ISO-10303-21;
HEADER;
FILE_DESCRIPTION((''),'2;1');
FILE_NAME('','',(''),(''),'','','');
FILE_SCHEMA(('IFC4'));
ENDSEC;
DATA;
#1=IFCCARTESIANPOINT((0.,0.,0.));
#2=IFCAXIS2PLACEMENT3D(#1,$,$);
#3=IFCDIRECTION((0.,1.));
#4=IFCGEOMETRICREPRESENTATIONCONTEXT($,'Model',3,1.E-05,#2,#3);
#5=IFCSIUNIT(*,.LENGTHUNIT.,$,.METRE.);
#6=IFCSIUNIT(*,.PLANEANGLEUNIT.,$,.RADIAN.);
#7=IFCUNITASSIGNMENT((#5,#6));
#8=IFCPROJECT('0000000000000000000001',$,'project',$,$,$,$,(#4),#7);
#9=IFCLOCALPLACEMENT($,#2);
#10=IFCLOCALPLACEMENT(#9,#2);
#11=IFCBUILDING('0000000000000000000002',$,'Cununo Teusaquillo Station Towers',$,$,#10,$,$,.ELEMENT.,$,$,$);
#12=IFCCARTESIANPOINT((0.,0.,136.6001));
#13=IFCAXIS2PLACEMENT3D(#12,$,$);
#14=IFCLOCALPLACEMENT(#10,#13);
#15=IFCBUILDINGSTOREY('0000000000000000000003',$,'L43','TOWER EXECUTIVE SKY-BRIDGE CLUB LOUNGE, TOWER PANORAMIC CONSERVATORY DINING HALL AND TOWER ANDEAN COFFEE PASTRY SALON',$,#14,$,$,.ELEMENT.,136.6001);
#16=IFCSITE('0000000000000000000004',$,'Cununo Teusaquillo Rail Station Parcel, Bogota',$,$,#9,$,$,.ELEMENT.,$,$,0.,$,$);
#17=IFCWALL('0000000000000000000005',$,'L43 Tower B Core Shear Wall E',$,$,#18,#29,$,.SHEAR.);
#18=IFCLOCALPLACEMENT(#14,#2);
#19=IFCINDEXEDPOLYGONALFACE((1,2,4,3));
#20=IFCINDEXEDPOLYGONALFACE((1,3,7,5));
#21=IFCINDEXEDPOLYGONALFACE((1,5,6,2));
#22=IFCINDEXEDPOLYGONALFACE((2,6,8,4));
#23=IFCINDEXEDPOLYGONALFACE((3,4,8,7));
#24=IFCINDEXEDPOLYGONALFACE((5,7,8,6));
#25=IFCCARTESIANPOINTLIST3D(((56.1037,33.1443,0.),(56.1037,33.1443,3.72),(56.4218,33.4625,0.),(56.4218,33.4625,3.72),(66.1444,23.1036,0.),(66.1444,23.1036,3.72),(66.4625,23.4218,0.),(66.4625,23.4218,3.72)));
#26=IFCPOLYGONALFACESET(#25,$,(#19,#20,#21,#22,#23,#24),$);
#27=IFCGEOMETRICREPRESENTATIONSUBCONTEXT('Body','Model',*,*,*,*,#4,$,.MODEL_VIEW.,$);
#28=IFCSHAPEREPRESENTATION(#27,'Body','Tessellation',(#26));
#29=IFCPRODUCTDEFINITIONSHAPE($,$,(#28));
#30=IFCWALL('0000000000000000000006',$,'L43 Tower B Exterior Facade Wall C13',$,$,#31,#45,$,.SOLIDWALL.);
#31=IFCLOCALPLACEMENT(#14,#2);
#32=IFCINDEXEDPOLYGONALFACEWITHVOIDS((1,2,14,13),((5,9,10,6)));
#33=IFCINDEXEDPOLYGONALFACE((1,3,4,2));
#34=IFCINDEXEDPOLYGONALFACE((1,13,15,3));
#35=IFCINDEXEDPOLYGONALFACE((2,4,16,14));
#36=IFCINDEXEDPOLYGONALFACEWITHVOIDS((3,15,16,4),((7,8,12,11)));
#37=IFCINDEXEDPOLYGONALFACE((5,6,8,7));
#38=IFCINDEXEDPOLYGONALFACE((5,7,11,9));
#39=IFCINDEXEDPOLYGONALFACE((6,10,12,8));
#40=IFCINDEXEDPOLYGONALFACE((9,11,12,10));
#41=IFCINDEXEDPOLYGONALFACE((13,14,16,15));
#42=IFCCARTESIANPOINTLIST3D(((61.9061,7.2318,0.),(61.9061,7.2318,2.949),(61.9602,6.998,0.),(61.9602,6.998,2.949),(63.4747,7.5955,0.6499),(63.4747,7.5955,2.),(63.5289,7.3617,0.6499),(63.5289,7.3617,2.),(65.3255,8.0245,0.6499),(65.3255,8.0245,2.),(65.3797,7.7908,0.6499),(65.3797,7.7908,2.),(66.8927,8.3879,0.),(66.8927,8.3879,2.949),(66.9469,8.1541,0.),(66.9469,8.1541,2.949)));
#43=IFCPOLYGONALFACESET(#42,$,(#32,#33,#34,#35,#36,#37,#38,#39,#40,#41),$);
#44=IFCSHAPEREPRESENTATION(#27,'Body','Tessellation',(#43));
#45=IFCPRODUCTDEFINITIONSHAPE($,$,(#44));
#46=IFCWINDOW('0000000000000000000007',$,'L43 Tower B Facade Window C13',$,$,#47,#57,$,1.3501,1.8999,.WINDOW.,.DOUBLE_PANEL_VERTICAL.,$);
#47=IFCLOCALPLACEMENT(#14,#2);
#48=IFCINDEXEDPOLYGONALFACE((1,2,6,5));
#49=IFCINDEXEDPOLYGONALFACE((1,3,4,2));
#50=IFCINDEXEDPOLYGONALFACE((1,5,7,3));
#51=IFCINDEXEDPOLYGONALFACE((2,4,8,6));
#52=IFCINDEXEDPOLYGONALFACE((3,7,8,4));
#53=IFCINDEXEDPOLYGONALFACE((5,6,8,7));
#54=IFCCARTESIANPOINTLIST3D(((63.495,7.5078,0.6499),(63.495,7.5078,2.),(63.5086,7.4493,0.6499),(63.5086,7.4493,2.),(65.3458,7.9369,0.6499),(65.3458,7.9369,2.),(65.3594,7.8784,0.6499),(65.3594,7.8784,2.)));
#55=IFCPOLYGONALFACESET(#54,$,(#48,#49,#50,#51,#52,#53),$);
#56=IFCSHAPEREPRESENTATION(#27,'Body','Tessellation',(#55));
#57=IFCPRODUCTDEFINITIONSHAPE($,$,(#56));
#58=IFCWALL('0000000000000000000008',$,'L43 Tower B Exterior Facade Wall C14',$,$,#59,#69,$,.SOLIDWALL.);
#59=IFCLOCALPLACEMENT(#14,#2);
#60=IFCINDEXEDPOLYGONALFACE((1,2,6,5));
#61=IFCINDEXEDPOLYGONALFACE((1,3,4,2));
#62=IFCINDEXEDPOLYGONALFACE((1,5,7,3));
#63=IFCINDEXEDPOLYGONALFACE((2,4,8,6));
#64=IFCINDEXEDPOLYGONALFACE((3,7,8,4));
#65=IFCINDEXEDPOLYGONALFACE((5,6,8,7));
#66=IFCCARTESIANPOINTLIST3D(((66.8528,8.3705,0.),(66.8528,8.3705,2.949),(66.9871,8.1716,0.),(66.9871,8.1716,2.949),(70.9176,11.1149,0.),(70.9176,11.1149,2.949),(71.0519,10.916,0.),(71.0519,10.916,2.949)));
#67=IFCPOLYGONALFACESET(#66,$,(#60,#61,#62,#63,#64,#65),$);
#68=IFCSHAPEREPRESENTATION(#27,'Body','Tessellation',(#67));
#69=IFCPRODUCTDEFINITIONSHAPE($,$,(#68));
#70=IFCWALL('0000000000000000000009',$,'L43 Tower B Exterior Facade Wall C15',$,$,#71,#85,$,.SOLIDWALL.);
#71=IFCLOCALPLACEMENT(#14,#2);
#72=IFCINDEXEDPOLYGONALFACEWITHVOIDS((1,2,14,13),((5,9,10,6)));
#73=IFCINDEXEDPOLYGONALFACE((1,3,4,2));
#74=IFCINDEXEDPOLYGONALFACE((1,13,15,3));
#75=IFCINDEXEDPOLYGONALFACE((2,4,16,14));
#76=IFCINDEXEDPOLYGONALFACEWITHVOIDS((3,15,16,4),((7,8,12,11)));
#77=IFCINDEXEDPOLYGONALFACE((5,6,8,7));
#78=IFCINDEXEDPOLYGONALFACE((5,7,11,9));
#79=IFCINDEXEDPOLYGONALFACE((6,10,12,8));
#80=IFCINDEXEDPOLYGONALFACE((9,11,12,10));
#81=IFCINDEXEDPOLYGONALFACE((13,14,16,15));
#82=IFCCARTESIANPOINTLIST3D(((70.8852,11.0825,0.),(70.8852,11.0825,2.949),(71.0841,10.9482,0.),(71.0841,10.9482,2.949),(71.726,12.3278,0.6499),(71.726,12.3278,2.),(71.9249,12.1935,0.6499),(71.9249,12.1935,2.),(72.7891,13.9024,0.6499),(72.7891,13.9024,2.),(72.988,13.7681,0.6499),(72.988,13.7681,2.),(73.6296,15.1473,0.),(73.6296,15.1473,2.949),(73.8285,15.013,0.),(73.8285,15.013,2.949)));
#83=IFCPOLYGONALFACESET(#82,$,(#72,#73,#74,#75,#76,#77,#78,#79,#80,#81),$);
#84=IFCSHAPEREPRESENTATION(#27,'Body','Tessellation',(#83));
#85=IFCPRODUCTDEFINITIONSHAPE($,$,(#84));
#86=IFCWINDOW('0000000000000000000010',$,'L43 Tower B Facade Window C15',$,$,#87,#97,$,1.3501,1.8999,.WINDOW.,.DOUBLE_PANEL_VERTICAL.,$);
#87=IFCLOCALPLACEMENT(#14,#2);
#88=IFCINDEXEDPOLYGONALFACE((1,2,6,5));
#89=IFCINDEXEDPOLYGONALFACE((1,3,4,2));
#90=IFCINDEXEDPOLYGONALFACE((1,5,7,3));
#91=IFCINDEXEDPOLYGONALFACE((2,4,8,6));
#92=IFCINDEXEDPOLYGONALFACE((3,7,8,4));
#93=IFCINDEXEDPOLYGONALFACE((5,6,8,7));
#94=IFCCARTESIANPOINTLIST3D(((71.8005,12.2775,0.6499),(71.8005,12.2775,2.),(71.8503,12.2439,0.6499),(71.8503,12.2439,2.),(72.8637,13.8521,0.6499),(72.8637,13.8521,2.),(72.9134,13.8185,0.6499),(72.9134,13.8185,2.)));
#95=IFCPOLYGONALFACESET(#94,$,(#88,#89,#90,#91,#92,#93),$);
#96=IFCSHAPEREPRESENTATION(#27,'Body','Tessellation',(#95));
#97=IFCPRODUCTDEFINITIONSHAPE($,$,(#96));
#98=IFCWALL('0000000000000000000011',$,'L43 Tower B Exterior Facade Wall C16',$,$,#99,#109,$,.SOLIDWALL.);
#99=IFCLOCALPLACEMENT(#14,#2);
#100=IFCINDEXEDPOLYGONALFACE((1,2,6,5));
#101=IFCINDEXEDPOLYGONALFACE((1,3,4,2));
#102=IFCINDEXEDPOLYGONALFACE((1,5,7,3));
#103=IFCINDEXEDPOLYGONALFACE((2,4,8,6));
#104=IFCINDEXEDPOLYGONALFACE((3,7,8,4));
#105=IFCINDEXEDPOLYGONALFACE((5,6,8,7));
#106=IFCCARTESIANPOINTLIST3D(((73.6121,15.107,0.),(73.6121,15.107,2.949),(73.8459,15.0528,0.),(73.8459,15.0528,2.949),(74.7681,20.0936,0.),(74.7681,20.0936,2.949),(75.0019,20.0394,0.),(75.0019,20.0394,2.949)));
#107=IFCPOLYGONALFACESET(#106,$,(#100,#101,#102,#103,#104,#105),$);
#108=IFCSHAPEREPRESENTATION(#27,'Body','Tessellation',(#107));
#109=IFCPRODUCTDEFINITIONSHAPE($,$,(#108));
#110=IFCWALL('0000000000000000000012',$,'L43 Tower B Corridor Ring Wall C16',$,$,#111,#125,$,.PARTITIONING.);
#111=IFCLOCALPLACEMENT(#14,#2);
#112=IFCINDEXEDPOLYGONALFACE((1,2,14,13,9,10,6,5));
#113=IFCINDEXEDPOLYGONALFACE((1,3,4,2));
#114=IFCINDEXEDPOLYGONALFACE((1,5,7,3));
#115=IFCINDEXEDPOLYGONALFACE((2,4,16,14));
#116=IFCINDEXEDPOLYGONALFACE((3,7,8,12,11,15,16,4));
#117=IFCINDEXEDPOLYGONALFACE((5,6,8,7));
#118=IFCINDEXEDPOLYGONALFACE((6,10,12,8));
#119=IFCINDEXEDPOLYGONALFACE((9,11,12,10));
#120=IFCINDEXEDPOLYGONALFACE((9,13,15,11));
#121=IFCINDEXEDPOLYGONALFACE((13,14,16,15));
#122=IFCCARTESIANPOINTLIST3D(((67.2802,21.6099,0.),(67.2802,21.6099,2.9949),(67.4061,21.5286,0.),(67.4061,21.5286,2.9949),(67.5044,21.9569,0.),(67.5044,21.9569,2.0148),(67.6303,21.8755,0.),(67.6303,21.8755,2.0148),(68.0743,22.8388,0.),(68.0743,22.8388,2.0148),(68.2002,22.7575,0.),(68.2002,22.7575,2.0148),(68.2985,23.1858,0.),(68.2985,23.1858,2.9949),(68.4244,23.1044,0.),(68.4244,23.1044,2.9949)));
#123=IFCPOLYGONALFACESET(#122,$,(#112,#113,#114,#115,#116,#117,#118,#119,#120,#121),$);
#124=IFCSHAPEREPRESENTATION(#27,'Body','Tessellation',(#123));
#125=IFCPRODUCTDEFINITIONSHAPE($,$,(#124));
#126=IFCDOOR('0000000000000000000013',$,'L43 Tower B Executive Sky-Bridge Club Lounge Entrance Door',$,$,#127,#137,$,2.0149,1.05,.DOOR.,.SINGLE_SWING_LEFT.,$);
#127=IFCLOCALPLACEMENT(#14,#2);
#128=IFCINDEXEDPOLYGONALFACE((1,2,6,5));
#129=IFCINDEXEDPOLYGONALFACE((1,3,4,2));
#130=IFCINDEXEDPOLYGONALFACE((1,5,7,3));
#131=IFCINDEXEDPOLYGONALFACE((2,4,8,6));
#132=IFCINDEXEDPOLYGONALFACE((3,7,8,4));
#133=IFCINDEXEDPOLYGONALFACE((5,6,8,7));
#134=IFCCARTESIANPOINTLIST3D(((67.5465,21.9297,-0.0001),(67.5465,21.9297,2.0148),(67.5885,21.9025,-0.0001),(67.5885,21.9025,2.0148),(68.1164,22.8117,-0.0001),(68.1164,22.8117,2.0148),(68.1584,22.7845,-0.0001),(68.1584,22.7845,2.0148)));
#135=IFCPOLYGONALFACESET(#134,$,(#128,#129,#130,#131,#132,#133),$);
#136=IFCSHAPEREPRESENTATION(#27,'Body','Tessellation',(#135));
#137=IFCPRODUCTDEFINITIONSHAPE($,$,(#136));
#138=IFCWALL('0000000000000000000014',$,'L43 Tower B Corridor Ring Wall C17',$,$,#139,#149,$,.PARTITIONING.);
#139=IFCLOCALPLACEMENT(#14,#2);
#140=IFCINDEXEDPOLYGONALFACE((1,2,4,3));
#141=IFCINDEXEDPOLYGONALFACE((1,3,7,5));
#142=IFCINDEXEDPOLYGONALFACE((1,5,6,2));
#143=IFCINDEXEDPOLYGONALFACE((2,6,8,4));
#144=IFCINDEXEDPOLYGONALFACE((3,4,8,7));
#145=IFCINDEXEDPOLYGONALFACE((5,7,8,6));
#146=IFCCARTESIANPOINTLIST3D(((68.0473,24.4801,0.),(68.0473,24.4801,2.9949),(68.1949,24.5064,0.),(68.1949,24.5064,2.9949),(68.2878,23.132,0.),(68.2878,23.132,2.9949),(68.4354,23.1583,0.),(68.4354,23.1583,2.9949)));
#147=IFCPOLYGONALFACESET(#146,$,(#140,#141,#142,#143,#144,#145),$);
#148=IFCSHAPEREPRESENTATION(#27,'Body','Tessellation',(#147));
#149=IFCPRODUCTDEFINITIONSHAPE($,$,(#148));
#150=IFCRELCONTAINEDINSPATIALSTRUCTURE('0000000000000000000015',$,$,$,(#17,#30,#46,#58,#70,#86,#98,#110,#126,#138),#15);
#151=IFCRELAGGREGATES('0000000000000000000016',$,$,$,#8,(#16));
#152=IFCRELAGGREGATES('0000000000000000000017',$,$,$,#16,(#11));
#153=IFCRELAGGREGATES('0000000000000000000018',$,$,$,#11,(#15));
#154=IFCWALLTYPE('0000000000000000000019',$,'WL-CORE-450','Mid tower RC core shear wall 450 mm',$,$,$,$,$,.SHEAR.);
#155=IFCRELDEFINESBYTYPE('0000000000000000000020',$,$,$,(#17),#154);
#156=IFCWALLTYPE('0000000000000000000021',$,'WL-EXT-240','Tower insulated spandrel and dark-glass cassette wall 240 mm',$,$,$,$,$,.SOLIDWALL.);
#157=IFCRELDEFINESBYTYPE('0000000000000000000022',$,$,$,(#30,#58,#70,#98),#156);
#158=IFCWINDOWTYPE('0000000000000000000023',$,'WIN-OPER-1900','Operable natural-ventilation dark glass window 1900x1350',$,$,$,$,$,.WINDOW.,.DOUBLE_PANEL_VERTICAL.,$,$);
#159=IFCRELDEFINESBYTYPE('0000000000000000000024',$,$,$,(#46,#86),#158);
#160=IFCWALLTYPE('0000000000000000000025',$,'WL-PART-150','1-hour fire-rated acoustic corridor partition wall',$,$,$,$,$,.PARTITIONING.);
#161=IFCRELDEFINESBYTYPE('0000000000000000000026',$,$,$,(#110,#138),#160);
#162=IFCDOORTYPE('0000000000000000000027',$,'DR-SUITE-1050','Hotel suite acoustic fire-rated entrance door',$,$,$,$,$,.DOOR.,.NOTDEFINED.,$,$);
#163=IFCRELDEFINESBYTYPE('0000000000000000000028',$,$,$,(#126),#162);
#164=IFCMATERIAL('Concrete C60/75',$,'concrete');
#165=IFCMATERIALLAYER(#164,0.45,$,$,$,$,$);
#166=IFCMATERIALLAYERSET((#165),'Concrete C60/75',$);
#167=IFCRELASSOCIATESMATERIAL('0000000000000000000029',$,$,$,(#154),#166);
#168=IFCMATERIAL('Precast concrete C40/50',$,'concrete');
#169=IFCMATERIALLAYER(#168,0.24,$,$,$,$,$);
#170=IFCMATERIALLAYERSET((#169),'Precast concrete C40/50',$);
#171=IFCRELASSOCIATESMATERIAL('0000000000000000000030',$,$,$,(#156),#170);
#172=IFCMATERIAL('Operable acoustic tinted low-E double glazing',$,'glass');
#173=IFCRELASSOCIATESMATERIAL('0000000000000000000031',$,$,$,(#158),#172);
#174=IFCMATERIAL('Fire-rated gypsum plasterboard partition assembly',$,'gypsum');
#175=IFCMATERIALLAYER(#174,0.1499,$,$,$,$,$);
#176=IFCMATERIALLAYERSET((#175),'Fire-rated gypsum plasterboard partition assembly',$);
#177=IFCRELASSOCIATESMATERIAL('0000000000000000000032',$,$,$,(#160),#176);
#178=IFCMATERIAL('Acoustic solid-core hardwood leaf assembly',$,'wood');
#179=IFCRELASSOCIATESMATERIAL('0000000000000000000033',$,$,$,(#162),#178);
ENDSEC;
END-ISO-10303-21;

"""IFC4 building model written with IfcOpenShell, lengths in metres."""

from ifc_helpers import new_model, si_unit, direction, frame, frame_2d, origin, place, context, subcontext, project, spatial, rectangle, extrude, source, transform, mapped, material, layer, layer_set, type_object, element, fill, save


model = new_model("IFC4")

# Units and contexts
model_context = context("Model", 3, precision=1e-05, world=origin(), true_north=direction((0.0, 1.0)))
body_context = subcontext(model_context, "Body", "Model", "MODEL_VIEW")
ifc_project = project(units=[si_unit("LENGTHUNIT", "METRE"), si_unit("PLANEANGLEUNIT", "RADIAN")], contexts=[model_context])

# Site, building, storey
site_placement = place(None, origin())
site = spatial("IfcSite", under=ifc_project, at=site_placement, Name="Cununo Teusaquillo Rail Station Parcel, Bogota", CompositionType="ELEMENT", RefElevation=0.0)
building_placement = place(site_placement, origin())
building = spatial("IfcBuilding", under=site, at=building_placement, Name="Cununo Teusaquillo Station Towers", CompositionType="ELEMENT")
storey_placement = place(building_placement, frame((0.0, 0.0, 136.6001)))
storey = spatial("IfcBuildingStorey", under=building, at=storey_placement, Name="L43", Description="TOWER EXECUTIVE SKY-BRIDGE CLUB LOUNGE, TOWER PANORAMIC CONSERVATORY DINING HALL AND TOWER ANDEAN COFFEE PASTRY SALON", CompositionType="ELEMENT", Elevation=136.6001)

# Wall
ifc_material_1 = material(Name="Concrete C60/75", Category="concrete")
ifc_layer_1 = layer(ifc_material_1, 0.45)
ifc_layer_set_1 = layer_set([ifc_layer_1], Name="Concrete C60/75")
wall_type_1 = type_object("IfcWallType", Name="WL-CORE-450", Description="Mid tower RC core shear wall 450 mm", PredefinedType="SHEAR", material=ifc_layer_set_1)
wall_1_placement = place(storey_placement, frame((66.3035, 23.2627, 0.0), z_axis=(0.0, 0.0, 1.0), x_axis=(-0.707107, 0.707107, 0.0)))
element("IfcWall", 1, at=wall_1_placement, inside=storey, type_object=wall_type_1, Name="L43 Tower B Core Shear Wall E", PredefinedType="SHEAR", context=body_context, shape_type="SweptSolid", body=[
    extrude(rectangle(XDim=14.1997, YDim=0.45, at=frame_2d((7.0999, 0.0))), origin(), (0.0, 0.0, 1.0), 3.72),
])

# Wall, opening, window
ifc_material_2 = material(Name="Precast concrete C40/50", Category="concrete")
ifc_layer_2 = layer(ifc_material_2, 0.24)
ifc_layer_set_2 = layer_set([ifc_layer_2], Name="Precast concrete C40/50")
wall_type_2 = type_object("IfcWallType", Name="WL-EXT-240", Description="Tower insulated spandrel and dark-glass cassette wall 240 mm", PredefinedType="SOLIDWALL", material=ifc_layer_set_2)
wall_2_placement = place(storey_placement, frame((66.9199, 8.271, 0.0), z_axis=(0.0, 0.0, 1.0), x_axis=(-0.974166, -0.225835, 0.0)))
wall_2 = element("IfcWall", 2, at=wall_2_placement, inside=storey, type_object=wall_type_2, Name="L43 Tower B Exterior Facade Wall C13", PredefinedType="SOLIDWALL", context=body_context, shape_type="SweptSolid", body=[
    extrude(rectangle(XDim=5.1189, YDim=0.24, at=frame_2d((2.5596, 0.0))), origin(), (0.0, 0.0, 1.0), 2.949),
])
shared_shape_1 = source(origin(), body_context, "Body", "SweptSolid", [
    extrude(rectangle(XDim=1.8999, YDim=1.3501, at=frame_2d((0.95, 0.675))), frame((0.0, 0.1299, 0.0), z_axis=(0.0, -1.0, 0.0), x_axis=(1.0, 0.0, 0.0)), (0.0, 0.0, 1.0), 0.26),
])
opening_1_placement = place(wall_2_placement, frame((1.6089, 0.0, 0.6499)))
opening_1 = element("IfcOpeningElement", 3, at=opening_1_placement, cuts=wall_2, PredefinedType="OPENING", context=body_context, shape_type="MappedRepresentation", body=[
    mapped(shared_shape_1, transform((0.0, 0.0, 0.0), x_axis=(1.0, 0.0, 0.0), y_axis=(0.0, 1.0, 0.0), z_axis=(0.0, 0.0, 1.0), scale=1.0)),
])
ifc_material_3 = material(Name="Operable acoustic tinted low-E double glazing", Category="glass")
window_type = type_object("IfcWindowType", Name="WIN-OPER-1900", Description="Operable natural-ventilation dark glass window 1900x1350", PartitioningType="DOUBLE_PANEL_VERTICAL", PredefinedType="WINDOW", material=ifc_material_3)
shared_shape_2 = source(origin(), body_context, "Body", "SweptSolid", [
    extrude(rectangle(XDim=1.8999, YDim=1.3501, at=frame_2d((0.95, 0.675))), frame((0.0, 0.03, 0.0), z_axis=(0.0, -1.0, 0.0), x_axis=(1.0, 0.0, 0.0)), (0.0, 0.0, 1.0), 0.0601),
])
window_1_placement = place(opening_1_placement, origin())
window_1 = element("IfcWindow", 4, at=window_1_placement, inside=storey, type_object=window_type, Name="L43 Tower B Facade Window C13", OverallHeight=1.3501, OverallWidth=1.8999, PartitioningType="DOUBLE_PANEL_VERTICAL", PredefinedType="WINDOW", context=body_context, shape_type="MappedRepresentation", body=[
    mapped(shared_shape_2, transform((0.0, 0.0, 0.0), x_axis=(1.0, 0.0, 0.0), y_axis=(0.0, 1.0, 0.0), z_axis=(0.0, 0.0, 1.0), scale=1.0)),
])
fill(opening_1, window_1)

# Wall
wall_3_placement = place(storey_placement, frame((70.9846, 11.0154, 0.0), z_axis=(0.0, 0.0, 1.0), x_axis=(-0.828781, -0.559573, 0.0)))
element("IfcWall", 5, at=wall_3_placement, inside=storey, type_object=wall_type_2, Name="L43 Tower B Exterior Facade Wall C14", PredefinedType="SOLIDWALL", context=body_context, shape_type="SweptSolid", body=[
    extrude(rectangle(XDim=4.9045, YDim=0.24, at=frame_2d((2.4521, 0.0))), origin(), (0.0, 0.0, 1.0), 2.949),
])

# Wall, opening, window
wall_4_placement = place(storey_placement, frame((73.729, 15.0801, 0.0), z_axis=(0.0, 0.0, 1.0), x_axis=(-0.559573, -0.828781, 0.0)))
wall_4 = element("IfcWall", 6, at=wall_4_placement, inside=storey, type_object=wall_type_2, Name="L43 Tower B Exterior Facade Wall C15", PredefinedType="SOLIDWALL", context=body_context, shape_type="SweptSolid", body=[
    extrude(rectangle(XDim=4.9045, YDim=0.24, at=frame_2d((2.4521, 0.0))), origin(), (0.0, 0.0, 1.0), 2.949),
])
opening_2_placement = place(wall_4_placement, frame((1.502, 0.0, 0.6499)))
opening_2 = element("IfcOpeningElement", 7, at=opening_2_placement, cuts=wall_4, PredefinedType="OPENING", context=body_context, shape_type="MappedRepresentation", body=[
    mapped(shared_shape_1, transform((0.0, 0.0, 0.0), x_axis=(1.0, 0.0, 0.0), y_axis=(0.0, 1.0, 0.0), z_axis=(0.0, 0.0, 1.0), scale=1.0)),
])
window_2_placement = place(opening_2_placement, origin())
window_2 = element("IfcWindow", 8, at=window_2_placement, inside=storey, type_object=window_type, Name="L43 Tower B Facade Window C15", OverallHeight=1.3501, OverallWidth=1.8999, PartitioningType="DOUBLE_PANEL_VERTICAL", PredefinedType="WINDOW", context=body_context, shape_type="MappedRepresentation", body=[
    mapped(shared_shape_2, transform((0.0, 0.0, 0.0), x_axis=(1.0, 0.0, 0.0), y_axis=(0.0, 1.0, 0.0), z_axis=(0.0, 0.0, 1.0), scale=1.0)),
])
fill(opening_2, window_2)

# Wall
wall_5_placement = place(storey_placement, frame((74.885, 20.0667, 0.0), z_axis=(0.0, 0.0, 1.0), x_axis=(-0.225835, -0.974166, 0.0)))
element("IfcWall", 9, at=wall_5_placement, inside=storey, type_object=wall_type_2, Name="L43 Tower B Exterior Facade Wall C16", PredefinedType="SOLIDWALL", context=body_context, shape_type="SweptSolid", body=[
    extrude(rectangle(XDim=5.1189, YDim=0.24, at=frame_2d((2.5596, 0.0))), origin(), (0.0, 0.0, 1.0), 2.949),
])

# Wall, opening, door
ifc_material_4 = material(Name="Fire-rated gypsum plasterboard partition assembly", Category="gypsum")
ifc_layer_3 = layer(ifc_material_4, 0.1499)
ifc_layer_set_3 = layer_set([ifc_layer_3], Name="Fire-rated gypsum plasterboard partition assembly")
wall_type_3 = type_object("IfcWallType", Name="WL-PART-150", Description="1-hour fire-rated acoustic corridor partition wall", PredefinedType="PARTITIONING", material=ifc_layer_set_3)
wall_6_placement = place(storey_placement, frame((67.3433, 21.5693, 0.0), z_axis=(0.0, 0.0, 1.0), x_axis=(0.542722, 0.839912, 0.0)))
wall_6 = element("IfcWall", 10, at=wall_6_placement, inside=storey, type_object=wall_type_3, Name="L43 Tower B Corridor Ring Wall C16", PredefinedType="PARTITIONING", context=body_context, shape_type="SweptSolid", body=[
    extrude(rectangle(XDim=1.8762, YDim=0.1499, at=frame_2d((0.938, 0.0))), origin(), (0.0, 0.0, 1.0), 2.9949),
])
shared_shape_3 = source(origin(), body_context, "Body", "SweptSolid", [
    extrude(rectangle(XDim=1.05, YDim=2.0149, at=frame_2d((0.5249, 1.0073))), frame((0.0, 0.085, 0.0), z_axis=(0.0, -1.0, 0.0), x_axis=(1.0, 0.0, 0.0)), (0.0, 0.0, 1.0), 0.1699),
])
opening_3_placement = place(wall_6_placement, frame((0.4131, 0.0, 0.0)))
opening_3 = element("IfcOpeningElement", 11, at=opening_3_placement, cuts=wall_6, PredefinedType="OPENING", context=body_context, shape_type="MappedRepresentation", body=[
    mapped(shared_shape_3, transform((0.0, 0.0, 0.0), x_axis=(1.0, 0.0, 0.0), y_axis=(0.0, 1.0, 0.0), z_axis=(0.0, 0.0, 1.0), scale=1.0)),
])
ifc_material_5 = material(Name="Acoustic solid-core hardwood leaf assembly", Category="wood")
door_type_1 = type_object("IfcDoorType", Name="DR-SUITE-1050", Description="Hotel suite acoustic fire-rated entrance door", OperationType="NOTDEFINED", PredefinedType="DOOR", material=ifc_material_5)
shared_shape_4 = source(origin(), body_context, "Body", "SweptSolid", [
    extrude(rectangle(XDim=1.05, YDim=2.0149, at=frame_2d((0.5249, 1.0073))), frame((0.0, 0.0249, 0.0), z_axis=(0.0, -1.0, 0.0), x_axis=(1.0, 0.0, 0.0)), (0.0, 0.0, 1.0), 0.05),
])
door_1_placement = place(opening_3_placement, origin())
door_1 = element("IfcDoor", 12, at=door_1_placement, inside=storey, type_object=door_type_1, Name="L43 Tower B Executive Sky-Bridge Club Lounge Entrance Door", OperationType="SINGLE_SWING_LEFT", OverallHeight=2.0149, OverallWidth=1.05, PredefinedType="DOOR", context=body_context, shape_type="MappedRepresentation", body=[
    mapped(shared_shape_4, transform((0.0, 0.0, 0.0), x_axis=(1.0, 0.0, 0.0), y_axis=(0.0, 1.0, 0.0), z_axis=(0.0, 0.0, 1.0), scale=1.0)),
])
fill(opening_3, door_1)

# Wall
wall_7_placement = place(storey_placement, frame((68.3616, 23.1453, 0.0), z_axis=(0.0, 0.0, 1.0), x_axis=(-0.175606, 0.984461, 0.0)))
element("IfcWall", 13, at=wall_7_placement, inside=storey, type_object=wall_type_3, Name="L43 Tower B Corridor Ring Wall C17", PredefinedType="PARTITIONING", context=body_context, shape_type="SweptSolid", body=[
    extrude(rectangle(XDim=1.3694, YDim=0.1499, at=frame_2d((0.6846, 0.0))), origin(), (0.0, 0.0, 1.0), 2.9949),
])

save(model, "model.ifc")
